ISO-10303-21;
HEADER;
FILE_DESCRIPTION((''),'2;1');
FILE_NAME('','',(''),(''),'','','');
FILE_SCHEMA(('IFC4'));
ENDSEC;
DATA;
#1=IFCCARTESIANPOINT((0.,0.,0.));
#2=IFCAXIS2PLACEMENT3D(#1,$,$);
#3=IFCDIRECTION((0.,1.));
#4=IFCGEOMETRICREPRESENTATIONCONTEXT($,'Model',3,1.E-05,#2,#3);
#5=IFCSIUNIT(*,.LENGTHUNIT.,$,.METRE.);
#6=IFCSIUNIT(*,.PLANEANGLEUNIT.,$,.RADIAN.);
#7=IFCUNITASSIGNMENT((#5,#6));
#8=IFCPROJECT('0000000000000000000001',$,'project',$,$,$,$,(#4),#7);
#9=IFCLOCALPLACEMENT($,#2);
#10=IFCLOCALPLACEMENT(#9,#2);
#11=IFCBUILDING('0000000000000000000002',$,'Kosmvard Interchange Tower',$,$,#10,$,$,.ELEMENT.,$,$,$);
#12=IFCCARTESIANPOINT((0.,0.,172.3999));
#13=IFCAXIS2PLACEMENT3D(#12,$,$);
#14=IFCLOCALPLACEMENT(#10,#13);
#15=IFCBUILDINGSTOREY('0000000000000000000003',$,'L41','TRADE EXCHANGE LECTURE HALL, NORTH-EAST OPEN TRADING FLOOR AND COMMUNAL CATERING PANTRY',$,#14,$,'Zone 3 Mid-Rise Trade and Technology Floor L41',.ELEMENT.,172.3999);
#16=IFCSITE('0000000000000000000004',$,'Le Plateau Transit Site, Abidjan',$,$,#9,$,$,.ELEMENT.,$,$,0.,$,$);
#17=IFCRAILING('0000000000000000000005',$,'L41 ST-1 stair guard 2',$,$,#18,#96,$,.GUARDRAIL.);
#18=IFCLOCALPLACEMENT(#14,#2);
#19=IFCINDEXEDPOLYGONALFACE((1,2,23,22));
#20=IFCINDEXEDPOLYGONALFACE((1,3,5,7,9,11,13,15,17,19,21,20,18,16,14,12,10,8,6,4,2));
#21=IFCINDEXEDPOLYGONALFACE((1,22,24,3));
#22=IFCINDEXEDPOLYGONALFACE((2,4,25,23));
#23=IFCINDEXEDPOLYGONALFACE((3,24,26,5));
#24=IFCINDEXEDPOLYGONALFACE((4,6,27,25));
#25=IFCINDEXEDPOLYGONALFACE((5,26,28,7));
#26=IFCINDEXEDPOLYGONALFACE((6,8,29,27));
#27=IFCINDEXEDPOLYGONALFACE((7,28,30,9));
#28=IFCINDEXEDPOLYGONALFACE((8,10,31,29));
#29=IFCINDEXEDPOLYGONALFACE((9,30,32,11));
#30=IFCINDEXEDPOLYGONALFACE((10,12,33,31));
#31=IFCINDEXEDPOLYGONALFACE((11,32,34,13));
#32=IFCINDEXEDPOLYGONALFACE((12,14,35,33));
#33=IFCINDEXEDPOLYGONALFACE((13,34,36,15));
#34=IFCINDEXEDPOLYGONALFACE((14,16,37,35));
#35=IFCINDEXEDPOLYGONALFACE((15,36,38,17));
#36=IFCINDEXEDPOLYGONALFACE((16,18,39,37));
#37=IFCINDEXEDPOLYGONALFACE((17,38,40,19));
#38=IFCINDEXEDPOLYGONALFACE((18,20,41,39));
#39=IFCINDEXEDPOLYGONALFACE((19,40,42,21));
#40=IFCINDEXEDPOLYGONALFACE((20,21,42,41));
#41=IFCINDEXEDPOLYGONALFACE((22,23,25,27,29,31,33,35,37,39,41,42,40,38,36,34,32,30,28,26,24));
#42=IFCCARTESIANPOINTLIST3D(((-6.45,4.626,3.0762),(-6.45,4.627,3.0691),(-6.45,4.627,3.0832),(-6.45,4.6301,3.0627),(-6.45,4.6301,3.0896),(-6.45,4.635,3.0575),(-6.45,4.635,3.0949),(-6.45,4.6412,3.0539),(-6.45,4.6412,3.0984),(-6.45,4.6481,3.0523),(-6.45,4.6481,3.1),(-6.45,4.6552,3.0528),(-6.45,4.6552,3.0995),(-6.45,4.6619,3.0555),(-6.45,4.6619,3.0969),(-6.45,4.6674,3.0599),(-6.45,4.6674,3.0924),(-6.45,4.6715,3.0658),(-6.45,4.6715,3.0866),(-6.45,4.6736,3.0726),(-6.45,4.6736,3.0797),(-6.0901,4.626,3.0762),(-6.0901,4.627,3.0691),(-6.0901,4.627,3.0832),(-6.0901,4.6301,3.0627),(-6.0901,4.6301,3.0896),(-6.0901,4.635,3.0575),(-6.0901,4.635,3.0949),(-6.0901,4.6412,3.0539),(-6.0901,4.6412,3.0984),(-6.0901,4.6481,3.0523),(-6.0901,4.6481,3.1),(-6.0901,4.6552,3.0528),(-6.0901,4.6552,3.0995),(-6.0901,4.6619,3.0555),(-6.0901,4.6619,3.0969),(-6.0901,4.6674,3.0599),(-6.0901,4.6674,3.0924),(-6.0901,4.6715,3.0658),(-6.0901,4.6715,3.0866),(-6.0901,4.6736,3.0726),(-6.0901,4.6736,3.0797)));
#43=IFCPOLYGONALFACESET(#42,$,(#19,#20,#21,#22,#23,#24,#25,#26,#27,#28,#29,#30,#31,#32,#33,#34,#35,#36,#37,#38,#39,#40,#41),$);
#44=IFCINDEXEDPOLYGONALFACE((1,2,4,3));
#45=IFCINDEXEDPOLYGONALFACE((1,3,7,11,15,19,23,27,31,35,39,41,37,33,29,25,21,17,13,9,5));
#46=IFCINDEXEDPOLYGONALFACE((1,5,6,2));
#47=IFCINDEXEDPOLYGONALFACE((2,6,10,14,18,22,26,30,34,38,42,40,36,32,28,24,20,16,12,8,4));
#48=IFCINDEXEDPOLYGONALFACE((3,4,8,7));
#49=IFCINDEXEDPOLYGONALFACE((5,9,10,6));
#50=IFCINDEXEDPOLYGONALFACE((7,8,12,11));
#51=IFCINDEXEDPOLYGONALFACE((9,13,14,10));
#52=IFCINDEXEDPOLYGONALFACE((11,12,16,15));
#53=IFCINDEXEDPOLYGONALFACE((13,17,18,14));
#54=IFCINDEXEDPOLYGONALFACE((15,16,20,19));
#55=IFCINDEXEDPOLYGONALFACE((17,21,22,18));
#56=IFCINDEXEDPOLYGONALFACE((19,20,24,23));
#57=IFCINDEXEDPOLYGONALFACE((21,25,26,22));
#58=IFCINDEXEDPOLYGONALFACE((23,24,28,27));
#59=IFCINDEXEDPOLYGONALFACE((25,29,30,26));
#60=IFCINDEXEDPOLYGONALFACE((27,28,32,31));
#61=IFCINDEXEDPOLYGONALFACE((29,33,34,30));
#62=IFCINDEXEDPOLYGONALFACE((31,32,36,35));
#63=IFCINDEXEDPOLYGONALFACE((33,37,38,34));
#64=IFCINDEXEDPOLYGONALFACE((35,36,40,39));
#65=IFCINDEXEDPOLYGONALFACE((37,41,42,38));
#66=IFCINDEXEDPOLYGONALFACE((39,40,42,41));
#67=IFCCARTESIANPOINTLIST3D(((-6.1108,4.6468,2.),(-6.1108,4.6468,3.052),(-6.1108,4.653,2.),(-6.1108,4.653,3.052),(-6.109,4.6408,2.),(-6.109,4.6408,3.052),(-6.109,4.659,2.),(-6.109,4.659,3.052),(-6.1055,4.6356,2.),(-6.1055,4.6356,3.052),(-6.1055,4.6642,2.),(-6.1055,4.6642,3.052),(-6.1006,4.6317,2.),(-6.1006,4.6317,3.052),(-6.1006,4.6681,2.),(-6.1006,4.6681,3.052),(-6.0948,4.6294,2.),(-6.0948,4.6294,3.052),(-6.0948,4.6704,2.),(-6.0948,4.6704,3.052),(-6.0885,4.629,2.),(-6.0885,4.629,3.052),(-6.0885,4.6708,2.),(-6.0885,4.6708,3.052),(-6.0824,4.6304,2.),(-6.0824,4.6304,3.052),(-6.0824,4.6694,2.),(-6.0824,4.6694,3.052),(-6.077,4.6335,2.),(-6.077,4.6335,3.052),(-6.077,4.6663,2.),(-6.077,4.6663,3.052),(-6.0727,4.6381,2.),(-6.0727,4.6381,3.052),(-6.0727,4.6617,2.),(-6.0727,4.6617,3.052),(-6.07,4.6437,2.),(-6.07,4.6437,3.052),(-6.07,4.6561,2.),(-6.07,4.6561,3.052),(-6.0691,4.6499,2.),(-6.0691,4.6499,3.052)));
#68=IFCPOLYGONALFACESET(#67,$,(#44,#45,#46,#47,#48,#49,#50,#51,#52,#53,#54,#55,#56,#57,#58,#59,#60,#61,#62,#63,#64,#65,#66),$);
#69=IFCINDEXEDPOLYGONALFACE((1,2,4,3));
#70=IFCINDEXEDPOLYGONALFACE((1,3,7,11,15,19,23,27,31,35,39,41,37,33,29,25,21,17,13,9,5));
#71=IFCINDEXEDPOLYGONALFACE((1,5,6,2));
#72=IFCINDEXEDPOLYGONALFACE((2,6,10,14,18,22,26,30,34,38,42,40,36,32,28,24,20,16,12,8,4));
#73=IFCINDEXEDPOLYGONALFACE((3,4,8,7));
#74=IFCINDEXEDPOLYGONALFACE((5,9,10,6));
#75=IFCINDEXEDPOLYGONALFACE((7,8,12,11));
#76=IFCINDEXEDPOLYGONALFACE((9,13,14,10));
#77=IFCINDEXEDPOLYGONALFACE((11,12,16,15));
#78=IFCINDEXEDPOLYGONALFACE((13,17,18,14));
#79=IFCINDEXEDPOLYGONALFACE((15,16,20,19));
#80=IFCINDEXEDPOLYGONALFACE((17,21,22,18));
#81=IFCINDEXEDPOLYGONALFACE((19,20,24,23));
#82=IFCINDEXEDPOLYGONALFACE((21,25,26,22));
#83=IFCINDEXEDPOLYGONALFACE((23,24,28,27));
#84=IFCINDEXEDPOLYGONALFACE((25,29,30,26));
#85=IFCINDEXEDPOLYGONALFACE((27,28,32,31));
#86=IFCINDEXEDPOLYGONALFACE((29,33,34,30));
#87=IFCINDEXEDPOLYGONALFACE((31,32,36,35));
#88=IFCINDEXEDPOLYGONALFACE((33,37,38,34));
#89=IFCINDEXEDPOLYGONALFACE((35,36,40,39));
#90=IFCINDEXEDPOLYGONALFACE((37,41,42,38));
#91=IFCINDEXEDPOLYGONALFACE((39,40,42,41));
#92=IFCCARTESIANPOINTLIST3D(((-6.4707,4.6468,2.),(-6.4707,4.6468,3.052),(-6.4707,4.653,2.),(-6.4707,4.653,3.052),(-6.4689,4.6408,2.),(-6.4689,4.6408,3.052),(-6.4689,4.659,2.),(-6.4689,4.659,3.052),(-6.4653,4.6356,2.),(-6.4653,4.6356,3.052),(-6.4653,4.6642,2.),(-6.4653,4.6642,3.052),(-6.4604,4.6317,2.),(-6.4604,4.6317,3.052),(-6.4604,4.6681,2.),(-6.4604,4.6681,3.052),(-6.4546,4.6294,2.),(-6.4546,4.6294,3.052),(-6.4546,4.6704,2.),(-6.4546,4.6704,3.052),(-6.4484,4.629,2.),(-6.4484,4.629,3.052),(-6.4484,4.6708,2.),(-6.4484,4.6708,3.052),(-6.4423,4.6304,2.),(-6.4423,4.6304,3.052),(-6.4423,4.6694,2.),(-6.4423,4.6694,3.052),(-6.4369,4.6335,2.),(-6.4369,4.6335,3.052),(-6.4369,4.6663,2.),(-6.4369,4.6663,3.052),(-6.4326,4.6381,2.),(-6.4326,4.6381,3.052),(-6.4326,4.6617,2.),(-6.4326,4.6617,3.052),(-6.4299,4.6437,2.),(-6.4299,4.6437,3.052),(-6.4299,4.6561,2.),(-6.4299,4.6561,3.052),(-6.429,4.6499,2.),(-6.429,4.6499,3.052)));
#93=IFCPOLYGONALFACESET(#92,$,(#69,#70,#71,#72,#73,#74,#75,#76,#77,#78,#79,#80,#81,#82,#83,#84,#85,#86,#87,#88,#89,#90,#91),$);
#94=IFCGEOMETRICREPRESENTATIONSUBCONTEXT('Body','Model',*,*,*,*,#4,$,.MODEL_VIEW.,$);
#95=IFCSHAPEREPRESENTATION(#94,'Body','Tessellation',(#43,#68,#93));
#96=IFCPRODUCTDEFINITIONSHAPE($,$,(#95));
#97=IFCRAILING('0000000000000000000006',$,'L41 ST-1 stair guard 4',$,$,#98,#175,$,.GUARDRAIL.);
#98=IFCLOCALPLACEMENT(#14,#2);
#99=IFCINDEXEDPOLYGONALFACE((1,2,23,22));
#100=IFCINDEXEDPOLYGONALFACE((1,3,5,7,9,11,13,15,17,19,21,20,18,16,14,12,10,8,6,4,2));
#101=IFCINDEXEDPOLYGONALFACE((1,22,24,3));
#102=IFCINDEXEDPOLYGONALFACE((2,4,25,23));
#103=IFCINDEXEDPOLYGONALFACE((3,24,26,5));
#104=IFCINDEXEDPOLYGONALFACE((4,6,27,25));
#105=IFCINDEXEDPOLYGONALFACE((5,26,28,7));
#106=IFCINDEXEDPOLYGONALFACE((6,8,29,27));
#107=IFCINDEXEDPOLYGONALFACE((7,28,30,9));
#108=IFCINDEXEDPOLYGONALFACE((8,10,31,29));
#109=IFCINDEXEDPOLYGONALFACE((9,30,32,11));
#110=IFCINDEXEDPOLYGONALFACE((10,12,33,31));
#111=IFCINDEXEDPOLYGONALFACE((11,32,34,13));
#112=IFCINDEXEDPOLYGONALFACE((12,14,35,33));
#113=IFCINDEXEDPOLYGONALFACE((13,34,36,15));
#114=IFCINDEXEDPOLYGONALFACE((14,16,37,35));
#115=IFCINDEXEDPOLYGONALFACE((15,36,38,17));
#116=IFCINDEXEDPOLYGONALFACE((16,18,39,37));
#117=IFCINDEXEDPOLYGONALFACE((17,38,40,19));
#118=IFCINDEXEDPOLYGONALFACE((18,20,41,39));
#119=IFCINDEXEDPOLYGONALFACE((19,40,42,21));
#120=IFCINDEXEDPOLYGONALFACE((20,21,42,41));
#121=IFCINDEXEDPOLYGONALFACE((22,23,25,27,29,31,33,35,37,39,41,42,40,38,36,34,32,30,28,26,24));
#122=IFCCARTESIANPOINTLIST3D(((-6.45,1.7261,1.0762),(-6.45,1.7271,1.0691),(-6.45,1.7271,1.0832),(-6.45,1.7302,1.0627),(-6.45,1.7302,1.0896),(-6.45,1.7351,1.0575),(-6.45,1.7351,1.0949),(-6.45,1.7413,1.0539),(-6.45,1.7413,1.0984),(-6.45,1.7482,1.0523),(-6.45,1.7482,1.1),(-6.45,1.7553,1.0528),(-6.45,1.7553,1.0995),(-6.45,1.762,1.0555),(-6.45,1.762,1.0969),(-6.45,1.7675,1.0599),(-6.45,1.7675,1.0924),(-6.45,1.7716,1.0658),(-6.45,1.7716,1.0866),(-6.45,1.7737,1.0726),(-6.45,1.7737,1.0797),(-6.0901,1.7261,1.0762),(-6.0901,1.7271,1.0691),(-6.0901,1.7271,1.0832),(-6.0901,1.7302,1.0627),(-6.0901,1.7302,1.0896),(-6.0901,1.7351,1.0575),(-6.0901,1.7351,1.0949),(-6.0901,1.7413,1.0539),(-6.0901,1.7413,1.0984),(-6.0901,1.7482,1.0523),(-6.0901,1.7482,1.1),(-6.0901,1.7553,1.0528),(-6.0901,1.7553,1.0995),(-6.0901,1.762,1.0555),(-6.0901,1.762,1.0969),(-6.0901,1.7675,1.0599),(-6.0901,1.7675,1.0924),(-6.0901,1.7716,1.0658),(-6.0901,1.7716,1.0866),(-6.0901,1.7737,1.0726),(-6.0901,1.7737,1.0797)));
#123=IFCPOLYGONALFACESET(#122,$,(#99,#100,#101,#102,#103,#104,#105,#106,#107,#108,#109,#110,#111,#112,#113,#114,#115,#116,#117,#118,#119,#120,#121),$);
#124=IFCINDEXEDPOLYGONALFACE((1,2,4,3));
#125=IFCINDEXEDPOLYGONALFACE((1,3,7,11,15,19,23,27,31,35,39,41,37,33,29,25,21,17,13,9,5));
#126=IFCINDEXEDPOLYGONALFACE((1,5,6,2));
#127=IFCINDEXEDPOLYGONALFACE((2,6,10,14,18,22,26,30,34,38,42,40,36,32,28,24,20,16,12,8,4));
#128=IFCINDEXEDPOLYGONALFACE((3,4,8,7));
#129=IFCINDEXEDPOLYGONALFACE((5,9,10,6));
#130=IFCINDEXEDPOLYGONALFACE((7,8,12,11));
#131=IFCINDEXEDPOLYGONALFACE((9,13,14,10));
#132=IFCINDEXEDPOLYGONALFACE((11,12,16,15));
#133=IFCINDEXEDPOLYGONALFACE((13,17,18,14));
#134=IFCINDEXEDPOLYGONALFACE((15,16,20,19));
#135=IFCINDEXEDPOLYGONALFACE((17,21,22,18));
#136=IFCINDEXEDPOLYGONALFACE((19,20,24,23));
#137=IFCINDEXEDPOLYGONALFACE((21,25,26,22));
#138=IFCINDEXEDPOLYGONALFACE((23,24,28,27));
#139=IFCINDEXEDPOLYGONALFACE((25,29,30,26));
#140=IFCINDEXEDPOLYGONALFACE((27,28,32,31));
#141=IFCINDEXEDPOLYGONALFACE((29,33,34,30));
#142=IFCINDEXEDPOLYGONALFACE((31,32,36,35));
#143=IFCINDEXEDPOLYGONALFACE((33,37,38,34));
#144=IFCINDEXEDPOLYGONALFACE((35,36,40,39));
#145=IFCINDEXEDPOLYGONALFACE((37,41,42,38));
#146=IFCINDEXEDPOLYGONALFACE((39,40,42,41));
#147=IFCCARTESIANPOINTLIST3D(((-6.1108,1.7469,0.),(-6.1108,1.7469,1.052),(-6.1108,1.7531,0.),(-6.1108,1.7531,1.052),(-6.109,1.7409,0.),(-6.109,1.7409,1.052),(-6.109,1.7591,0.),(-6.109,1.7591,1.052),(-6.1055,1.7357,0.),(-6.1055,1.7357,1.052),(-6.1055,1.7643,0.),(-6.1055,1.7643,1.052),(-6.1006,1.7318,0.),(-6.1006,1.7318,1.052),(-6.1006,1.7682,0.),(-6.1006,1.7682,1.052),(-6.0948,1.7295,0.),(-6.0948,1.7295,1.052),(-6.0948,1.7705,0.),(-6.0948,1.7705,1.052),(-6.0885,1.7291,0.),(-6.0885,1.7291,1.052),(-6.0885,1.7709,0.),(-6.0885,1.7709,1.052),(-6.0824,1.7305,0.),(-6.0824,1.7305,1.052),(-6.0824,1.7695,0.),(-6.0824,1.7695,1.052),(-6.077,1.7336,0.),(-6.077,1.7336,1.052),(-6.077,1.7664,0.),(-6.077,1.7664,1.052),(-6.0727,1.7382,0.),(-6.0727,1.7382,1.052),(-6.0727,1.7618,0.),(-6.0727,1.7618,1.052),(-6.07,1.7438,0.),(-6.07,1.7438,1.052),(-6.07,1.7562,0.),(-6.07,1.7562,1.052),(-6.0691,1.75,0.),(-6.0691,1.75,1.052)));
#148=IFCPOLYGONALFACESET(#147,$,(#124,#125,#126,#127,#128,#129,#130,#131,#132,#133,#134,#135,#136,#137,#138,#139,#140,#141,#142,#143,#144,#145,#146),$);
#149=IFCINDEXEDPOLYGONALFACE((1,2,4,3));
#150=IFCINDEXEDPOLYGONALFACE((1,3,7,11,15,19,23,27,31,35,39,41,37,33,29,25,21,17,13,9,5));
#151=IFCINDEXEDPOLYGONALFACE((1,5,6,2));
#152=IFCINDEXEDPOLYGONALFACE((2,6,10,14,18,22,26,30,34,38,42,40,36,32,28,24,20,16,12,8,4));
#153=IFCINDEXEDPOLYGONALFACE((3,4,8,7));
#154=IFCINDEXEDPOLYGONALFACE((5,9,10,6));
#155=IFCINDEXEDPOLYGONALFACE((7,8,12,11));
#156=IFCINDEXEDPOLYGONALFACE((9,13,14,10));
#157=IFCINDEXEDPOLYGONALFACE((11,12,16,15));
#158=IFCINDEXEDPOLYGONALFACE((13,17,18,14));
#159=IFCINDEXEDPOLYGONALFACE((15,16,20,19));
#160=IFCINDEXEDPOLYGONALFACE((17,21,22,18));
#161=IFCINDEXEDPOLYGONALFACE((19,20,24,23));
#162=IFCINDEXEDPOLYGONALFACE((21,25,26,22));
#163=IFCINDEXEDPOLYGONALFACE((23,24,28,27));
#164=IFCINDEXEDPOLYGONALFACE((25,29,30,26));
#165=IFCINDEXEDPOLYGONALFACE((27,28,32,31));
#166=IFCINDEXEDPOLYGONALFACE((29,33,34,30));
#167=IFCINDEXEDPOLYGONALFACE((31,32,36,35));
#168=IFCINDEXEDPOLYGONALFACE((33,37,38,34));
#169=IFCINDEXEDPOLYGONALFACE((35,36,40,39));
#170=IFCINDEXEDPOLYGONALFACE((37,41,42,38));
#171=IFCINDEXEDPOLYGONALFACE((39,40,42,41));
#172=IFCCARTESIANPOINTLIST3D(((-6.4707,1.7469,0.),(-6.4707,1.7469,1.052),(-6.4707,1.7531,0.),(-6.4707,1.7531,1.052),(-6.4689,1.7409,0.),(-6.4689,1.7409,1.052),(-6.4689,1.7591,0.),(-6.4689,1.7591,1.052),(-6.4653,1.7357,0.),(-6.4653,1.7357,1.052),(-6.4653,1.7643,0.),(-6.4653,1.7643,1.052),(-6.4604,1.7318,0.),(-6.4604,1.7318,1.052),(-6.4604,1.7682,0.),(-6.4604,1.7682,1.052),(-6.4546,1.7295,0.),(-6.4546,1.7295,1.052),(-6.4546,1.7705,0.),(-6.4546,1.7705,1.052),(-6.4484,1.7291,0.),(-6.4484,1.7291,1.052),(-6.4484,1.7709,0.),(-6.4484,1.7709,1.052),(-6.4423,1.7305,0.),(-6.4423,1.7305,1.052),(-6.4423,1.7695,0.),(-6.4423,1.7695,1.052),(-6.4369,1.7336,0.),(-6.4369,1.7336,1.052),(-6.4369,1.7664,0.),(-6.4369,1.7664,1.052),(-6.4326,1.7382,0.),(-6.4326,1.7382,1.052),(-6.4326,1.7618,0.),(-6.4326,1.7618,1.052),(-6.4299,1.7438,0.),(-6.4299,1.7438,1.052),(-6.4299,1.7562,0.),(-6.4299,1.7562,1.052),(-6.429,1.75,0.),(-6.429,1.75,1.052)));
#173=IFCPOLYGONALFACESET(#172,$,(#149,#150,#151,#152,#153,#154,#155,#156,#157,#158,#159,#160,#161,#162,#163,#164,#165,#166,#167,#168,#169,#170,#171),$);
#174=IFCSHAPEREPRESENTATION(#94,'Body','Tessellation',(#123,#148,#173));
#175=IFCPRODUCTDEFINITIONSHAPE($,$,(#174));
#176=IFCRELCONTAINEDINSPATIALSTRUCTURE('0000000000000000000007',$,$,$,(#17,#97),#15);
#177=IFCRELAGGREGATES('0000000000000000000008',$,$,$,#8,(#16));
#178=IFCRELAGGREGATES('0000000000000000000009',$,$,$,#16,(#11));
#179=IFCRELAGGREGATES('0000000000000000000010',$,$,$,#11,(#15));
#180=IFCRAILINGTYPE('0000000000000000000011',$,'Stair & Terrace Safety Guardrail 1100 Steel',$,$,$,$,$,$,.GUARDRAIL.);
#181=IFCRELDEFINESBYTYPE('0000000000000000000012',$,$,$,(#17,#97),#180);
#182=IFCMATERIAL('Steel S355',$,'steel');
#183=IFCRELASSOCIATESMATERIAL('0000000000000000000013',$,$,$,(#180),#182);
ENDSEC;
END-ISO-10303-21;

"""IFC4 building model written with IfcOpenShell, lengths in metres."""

from ifc_helpers import new_model, si_unit, direction, frame, origin, origin_2d, place, context, subcontext, project, spatial, circle, extrude, source, transform, mapped, material, type_object, element, save


model = new_model("IFC4")

# Units and contexts
model_context = context("Model", 3, precision=1e-05, world=origin(), true_north=direction((0.0, 1.0)))
body_context = subcontext(model_context, "Body", "Model", "MODEL_VIEW")
ifc_project = project(units=[si_unit("LENGTHUNIT", "METRE"), si_unit("PLANEANGLEUNIT", "RADIAN")], contexts=[model_context])

# Site, building, storey
site_placement = place(None, origin())
site = spatial("IfcSite", under=ifc_project, at=site_placement, Name="Le Plateau Transit Site, Abidjan", CompositionType="ELEMENT", RefElevation=0.0)
building_placement = place(site_placement, origin())
building = spatial("IfcBuilding", under=site, at=building_placement, Name="Kosmvard Interchange Tower", CompositionType="ELEMENT")
storey_placement = place(building_placement, frame((0.0, 0.0, 172.3999)))
storey = spatial("IfcBuildingStorey", under=building, at=storey_placement, Name="L41", Description="TRADE EXCHANGE LECTURE HALL, NORTH-EAST OPEN TRADING FLOOR AND COMMUNAL CATERING PANTRY", LongName="Zone 3 Mid-Rise Trade and Technology Floor L41", CompositionType="ELEMENT", Elevation=172.3999)

# Shared definitions
ifc_material_1 = material(Name="Steel S355", Category="steel")

# Railings
railing_type_1 = type_object("IfcRailingType", Name="Stair & Terrace Safety Guardrail 1100 Steel", PredefinedType="GUARDRAIL", material=ifc_material_1)
shared_shape_1 = source(origin(), body_context, "Body", "SweptSolid", [
    extrude(circle(Radius=0.0239, at=origin_2d()), frame((0.0, 0.0, 1.0762), z_axis=(-1.0, 0.0, 0.0), x_axis=(0.0, -1.0, 0.0)), (0.0, 0.0, 1.0), 0.3599),
    extrude(circle(Radius=0.021, at=origin_2d()), origin(), (0.0, 0.0, 1.0), 1.052),
    extrude(circle(Radius=0.021, at=origin_2d()), frame((-0.3599, 0.0, 0.0)), (0.0, 0.0, 1.0), 1.052),
])
for number, where, name in (
    (1, (-6.0901, 4.6499, 2.0), "L41 ST-1 stair guard 2"),
    (2, (-6.0901, 1.75, 0.0), "L41 ST-1 stair guard 4"),
):
    element("IfcRailing", number, at=place(storey_placement, frame(where)), inside=storey, type_object=railing_type_1, Name=name, PredefinedType="GUARDRAIL", context=body_context, shape_type="MappedRepresentation", body=[
        mapped(shared_shape_1, transform((0.0, 0.0, 0.0), scale=1.0)),
    ])

save(model, "model.ifc")
